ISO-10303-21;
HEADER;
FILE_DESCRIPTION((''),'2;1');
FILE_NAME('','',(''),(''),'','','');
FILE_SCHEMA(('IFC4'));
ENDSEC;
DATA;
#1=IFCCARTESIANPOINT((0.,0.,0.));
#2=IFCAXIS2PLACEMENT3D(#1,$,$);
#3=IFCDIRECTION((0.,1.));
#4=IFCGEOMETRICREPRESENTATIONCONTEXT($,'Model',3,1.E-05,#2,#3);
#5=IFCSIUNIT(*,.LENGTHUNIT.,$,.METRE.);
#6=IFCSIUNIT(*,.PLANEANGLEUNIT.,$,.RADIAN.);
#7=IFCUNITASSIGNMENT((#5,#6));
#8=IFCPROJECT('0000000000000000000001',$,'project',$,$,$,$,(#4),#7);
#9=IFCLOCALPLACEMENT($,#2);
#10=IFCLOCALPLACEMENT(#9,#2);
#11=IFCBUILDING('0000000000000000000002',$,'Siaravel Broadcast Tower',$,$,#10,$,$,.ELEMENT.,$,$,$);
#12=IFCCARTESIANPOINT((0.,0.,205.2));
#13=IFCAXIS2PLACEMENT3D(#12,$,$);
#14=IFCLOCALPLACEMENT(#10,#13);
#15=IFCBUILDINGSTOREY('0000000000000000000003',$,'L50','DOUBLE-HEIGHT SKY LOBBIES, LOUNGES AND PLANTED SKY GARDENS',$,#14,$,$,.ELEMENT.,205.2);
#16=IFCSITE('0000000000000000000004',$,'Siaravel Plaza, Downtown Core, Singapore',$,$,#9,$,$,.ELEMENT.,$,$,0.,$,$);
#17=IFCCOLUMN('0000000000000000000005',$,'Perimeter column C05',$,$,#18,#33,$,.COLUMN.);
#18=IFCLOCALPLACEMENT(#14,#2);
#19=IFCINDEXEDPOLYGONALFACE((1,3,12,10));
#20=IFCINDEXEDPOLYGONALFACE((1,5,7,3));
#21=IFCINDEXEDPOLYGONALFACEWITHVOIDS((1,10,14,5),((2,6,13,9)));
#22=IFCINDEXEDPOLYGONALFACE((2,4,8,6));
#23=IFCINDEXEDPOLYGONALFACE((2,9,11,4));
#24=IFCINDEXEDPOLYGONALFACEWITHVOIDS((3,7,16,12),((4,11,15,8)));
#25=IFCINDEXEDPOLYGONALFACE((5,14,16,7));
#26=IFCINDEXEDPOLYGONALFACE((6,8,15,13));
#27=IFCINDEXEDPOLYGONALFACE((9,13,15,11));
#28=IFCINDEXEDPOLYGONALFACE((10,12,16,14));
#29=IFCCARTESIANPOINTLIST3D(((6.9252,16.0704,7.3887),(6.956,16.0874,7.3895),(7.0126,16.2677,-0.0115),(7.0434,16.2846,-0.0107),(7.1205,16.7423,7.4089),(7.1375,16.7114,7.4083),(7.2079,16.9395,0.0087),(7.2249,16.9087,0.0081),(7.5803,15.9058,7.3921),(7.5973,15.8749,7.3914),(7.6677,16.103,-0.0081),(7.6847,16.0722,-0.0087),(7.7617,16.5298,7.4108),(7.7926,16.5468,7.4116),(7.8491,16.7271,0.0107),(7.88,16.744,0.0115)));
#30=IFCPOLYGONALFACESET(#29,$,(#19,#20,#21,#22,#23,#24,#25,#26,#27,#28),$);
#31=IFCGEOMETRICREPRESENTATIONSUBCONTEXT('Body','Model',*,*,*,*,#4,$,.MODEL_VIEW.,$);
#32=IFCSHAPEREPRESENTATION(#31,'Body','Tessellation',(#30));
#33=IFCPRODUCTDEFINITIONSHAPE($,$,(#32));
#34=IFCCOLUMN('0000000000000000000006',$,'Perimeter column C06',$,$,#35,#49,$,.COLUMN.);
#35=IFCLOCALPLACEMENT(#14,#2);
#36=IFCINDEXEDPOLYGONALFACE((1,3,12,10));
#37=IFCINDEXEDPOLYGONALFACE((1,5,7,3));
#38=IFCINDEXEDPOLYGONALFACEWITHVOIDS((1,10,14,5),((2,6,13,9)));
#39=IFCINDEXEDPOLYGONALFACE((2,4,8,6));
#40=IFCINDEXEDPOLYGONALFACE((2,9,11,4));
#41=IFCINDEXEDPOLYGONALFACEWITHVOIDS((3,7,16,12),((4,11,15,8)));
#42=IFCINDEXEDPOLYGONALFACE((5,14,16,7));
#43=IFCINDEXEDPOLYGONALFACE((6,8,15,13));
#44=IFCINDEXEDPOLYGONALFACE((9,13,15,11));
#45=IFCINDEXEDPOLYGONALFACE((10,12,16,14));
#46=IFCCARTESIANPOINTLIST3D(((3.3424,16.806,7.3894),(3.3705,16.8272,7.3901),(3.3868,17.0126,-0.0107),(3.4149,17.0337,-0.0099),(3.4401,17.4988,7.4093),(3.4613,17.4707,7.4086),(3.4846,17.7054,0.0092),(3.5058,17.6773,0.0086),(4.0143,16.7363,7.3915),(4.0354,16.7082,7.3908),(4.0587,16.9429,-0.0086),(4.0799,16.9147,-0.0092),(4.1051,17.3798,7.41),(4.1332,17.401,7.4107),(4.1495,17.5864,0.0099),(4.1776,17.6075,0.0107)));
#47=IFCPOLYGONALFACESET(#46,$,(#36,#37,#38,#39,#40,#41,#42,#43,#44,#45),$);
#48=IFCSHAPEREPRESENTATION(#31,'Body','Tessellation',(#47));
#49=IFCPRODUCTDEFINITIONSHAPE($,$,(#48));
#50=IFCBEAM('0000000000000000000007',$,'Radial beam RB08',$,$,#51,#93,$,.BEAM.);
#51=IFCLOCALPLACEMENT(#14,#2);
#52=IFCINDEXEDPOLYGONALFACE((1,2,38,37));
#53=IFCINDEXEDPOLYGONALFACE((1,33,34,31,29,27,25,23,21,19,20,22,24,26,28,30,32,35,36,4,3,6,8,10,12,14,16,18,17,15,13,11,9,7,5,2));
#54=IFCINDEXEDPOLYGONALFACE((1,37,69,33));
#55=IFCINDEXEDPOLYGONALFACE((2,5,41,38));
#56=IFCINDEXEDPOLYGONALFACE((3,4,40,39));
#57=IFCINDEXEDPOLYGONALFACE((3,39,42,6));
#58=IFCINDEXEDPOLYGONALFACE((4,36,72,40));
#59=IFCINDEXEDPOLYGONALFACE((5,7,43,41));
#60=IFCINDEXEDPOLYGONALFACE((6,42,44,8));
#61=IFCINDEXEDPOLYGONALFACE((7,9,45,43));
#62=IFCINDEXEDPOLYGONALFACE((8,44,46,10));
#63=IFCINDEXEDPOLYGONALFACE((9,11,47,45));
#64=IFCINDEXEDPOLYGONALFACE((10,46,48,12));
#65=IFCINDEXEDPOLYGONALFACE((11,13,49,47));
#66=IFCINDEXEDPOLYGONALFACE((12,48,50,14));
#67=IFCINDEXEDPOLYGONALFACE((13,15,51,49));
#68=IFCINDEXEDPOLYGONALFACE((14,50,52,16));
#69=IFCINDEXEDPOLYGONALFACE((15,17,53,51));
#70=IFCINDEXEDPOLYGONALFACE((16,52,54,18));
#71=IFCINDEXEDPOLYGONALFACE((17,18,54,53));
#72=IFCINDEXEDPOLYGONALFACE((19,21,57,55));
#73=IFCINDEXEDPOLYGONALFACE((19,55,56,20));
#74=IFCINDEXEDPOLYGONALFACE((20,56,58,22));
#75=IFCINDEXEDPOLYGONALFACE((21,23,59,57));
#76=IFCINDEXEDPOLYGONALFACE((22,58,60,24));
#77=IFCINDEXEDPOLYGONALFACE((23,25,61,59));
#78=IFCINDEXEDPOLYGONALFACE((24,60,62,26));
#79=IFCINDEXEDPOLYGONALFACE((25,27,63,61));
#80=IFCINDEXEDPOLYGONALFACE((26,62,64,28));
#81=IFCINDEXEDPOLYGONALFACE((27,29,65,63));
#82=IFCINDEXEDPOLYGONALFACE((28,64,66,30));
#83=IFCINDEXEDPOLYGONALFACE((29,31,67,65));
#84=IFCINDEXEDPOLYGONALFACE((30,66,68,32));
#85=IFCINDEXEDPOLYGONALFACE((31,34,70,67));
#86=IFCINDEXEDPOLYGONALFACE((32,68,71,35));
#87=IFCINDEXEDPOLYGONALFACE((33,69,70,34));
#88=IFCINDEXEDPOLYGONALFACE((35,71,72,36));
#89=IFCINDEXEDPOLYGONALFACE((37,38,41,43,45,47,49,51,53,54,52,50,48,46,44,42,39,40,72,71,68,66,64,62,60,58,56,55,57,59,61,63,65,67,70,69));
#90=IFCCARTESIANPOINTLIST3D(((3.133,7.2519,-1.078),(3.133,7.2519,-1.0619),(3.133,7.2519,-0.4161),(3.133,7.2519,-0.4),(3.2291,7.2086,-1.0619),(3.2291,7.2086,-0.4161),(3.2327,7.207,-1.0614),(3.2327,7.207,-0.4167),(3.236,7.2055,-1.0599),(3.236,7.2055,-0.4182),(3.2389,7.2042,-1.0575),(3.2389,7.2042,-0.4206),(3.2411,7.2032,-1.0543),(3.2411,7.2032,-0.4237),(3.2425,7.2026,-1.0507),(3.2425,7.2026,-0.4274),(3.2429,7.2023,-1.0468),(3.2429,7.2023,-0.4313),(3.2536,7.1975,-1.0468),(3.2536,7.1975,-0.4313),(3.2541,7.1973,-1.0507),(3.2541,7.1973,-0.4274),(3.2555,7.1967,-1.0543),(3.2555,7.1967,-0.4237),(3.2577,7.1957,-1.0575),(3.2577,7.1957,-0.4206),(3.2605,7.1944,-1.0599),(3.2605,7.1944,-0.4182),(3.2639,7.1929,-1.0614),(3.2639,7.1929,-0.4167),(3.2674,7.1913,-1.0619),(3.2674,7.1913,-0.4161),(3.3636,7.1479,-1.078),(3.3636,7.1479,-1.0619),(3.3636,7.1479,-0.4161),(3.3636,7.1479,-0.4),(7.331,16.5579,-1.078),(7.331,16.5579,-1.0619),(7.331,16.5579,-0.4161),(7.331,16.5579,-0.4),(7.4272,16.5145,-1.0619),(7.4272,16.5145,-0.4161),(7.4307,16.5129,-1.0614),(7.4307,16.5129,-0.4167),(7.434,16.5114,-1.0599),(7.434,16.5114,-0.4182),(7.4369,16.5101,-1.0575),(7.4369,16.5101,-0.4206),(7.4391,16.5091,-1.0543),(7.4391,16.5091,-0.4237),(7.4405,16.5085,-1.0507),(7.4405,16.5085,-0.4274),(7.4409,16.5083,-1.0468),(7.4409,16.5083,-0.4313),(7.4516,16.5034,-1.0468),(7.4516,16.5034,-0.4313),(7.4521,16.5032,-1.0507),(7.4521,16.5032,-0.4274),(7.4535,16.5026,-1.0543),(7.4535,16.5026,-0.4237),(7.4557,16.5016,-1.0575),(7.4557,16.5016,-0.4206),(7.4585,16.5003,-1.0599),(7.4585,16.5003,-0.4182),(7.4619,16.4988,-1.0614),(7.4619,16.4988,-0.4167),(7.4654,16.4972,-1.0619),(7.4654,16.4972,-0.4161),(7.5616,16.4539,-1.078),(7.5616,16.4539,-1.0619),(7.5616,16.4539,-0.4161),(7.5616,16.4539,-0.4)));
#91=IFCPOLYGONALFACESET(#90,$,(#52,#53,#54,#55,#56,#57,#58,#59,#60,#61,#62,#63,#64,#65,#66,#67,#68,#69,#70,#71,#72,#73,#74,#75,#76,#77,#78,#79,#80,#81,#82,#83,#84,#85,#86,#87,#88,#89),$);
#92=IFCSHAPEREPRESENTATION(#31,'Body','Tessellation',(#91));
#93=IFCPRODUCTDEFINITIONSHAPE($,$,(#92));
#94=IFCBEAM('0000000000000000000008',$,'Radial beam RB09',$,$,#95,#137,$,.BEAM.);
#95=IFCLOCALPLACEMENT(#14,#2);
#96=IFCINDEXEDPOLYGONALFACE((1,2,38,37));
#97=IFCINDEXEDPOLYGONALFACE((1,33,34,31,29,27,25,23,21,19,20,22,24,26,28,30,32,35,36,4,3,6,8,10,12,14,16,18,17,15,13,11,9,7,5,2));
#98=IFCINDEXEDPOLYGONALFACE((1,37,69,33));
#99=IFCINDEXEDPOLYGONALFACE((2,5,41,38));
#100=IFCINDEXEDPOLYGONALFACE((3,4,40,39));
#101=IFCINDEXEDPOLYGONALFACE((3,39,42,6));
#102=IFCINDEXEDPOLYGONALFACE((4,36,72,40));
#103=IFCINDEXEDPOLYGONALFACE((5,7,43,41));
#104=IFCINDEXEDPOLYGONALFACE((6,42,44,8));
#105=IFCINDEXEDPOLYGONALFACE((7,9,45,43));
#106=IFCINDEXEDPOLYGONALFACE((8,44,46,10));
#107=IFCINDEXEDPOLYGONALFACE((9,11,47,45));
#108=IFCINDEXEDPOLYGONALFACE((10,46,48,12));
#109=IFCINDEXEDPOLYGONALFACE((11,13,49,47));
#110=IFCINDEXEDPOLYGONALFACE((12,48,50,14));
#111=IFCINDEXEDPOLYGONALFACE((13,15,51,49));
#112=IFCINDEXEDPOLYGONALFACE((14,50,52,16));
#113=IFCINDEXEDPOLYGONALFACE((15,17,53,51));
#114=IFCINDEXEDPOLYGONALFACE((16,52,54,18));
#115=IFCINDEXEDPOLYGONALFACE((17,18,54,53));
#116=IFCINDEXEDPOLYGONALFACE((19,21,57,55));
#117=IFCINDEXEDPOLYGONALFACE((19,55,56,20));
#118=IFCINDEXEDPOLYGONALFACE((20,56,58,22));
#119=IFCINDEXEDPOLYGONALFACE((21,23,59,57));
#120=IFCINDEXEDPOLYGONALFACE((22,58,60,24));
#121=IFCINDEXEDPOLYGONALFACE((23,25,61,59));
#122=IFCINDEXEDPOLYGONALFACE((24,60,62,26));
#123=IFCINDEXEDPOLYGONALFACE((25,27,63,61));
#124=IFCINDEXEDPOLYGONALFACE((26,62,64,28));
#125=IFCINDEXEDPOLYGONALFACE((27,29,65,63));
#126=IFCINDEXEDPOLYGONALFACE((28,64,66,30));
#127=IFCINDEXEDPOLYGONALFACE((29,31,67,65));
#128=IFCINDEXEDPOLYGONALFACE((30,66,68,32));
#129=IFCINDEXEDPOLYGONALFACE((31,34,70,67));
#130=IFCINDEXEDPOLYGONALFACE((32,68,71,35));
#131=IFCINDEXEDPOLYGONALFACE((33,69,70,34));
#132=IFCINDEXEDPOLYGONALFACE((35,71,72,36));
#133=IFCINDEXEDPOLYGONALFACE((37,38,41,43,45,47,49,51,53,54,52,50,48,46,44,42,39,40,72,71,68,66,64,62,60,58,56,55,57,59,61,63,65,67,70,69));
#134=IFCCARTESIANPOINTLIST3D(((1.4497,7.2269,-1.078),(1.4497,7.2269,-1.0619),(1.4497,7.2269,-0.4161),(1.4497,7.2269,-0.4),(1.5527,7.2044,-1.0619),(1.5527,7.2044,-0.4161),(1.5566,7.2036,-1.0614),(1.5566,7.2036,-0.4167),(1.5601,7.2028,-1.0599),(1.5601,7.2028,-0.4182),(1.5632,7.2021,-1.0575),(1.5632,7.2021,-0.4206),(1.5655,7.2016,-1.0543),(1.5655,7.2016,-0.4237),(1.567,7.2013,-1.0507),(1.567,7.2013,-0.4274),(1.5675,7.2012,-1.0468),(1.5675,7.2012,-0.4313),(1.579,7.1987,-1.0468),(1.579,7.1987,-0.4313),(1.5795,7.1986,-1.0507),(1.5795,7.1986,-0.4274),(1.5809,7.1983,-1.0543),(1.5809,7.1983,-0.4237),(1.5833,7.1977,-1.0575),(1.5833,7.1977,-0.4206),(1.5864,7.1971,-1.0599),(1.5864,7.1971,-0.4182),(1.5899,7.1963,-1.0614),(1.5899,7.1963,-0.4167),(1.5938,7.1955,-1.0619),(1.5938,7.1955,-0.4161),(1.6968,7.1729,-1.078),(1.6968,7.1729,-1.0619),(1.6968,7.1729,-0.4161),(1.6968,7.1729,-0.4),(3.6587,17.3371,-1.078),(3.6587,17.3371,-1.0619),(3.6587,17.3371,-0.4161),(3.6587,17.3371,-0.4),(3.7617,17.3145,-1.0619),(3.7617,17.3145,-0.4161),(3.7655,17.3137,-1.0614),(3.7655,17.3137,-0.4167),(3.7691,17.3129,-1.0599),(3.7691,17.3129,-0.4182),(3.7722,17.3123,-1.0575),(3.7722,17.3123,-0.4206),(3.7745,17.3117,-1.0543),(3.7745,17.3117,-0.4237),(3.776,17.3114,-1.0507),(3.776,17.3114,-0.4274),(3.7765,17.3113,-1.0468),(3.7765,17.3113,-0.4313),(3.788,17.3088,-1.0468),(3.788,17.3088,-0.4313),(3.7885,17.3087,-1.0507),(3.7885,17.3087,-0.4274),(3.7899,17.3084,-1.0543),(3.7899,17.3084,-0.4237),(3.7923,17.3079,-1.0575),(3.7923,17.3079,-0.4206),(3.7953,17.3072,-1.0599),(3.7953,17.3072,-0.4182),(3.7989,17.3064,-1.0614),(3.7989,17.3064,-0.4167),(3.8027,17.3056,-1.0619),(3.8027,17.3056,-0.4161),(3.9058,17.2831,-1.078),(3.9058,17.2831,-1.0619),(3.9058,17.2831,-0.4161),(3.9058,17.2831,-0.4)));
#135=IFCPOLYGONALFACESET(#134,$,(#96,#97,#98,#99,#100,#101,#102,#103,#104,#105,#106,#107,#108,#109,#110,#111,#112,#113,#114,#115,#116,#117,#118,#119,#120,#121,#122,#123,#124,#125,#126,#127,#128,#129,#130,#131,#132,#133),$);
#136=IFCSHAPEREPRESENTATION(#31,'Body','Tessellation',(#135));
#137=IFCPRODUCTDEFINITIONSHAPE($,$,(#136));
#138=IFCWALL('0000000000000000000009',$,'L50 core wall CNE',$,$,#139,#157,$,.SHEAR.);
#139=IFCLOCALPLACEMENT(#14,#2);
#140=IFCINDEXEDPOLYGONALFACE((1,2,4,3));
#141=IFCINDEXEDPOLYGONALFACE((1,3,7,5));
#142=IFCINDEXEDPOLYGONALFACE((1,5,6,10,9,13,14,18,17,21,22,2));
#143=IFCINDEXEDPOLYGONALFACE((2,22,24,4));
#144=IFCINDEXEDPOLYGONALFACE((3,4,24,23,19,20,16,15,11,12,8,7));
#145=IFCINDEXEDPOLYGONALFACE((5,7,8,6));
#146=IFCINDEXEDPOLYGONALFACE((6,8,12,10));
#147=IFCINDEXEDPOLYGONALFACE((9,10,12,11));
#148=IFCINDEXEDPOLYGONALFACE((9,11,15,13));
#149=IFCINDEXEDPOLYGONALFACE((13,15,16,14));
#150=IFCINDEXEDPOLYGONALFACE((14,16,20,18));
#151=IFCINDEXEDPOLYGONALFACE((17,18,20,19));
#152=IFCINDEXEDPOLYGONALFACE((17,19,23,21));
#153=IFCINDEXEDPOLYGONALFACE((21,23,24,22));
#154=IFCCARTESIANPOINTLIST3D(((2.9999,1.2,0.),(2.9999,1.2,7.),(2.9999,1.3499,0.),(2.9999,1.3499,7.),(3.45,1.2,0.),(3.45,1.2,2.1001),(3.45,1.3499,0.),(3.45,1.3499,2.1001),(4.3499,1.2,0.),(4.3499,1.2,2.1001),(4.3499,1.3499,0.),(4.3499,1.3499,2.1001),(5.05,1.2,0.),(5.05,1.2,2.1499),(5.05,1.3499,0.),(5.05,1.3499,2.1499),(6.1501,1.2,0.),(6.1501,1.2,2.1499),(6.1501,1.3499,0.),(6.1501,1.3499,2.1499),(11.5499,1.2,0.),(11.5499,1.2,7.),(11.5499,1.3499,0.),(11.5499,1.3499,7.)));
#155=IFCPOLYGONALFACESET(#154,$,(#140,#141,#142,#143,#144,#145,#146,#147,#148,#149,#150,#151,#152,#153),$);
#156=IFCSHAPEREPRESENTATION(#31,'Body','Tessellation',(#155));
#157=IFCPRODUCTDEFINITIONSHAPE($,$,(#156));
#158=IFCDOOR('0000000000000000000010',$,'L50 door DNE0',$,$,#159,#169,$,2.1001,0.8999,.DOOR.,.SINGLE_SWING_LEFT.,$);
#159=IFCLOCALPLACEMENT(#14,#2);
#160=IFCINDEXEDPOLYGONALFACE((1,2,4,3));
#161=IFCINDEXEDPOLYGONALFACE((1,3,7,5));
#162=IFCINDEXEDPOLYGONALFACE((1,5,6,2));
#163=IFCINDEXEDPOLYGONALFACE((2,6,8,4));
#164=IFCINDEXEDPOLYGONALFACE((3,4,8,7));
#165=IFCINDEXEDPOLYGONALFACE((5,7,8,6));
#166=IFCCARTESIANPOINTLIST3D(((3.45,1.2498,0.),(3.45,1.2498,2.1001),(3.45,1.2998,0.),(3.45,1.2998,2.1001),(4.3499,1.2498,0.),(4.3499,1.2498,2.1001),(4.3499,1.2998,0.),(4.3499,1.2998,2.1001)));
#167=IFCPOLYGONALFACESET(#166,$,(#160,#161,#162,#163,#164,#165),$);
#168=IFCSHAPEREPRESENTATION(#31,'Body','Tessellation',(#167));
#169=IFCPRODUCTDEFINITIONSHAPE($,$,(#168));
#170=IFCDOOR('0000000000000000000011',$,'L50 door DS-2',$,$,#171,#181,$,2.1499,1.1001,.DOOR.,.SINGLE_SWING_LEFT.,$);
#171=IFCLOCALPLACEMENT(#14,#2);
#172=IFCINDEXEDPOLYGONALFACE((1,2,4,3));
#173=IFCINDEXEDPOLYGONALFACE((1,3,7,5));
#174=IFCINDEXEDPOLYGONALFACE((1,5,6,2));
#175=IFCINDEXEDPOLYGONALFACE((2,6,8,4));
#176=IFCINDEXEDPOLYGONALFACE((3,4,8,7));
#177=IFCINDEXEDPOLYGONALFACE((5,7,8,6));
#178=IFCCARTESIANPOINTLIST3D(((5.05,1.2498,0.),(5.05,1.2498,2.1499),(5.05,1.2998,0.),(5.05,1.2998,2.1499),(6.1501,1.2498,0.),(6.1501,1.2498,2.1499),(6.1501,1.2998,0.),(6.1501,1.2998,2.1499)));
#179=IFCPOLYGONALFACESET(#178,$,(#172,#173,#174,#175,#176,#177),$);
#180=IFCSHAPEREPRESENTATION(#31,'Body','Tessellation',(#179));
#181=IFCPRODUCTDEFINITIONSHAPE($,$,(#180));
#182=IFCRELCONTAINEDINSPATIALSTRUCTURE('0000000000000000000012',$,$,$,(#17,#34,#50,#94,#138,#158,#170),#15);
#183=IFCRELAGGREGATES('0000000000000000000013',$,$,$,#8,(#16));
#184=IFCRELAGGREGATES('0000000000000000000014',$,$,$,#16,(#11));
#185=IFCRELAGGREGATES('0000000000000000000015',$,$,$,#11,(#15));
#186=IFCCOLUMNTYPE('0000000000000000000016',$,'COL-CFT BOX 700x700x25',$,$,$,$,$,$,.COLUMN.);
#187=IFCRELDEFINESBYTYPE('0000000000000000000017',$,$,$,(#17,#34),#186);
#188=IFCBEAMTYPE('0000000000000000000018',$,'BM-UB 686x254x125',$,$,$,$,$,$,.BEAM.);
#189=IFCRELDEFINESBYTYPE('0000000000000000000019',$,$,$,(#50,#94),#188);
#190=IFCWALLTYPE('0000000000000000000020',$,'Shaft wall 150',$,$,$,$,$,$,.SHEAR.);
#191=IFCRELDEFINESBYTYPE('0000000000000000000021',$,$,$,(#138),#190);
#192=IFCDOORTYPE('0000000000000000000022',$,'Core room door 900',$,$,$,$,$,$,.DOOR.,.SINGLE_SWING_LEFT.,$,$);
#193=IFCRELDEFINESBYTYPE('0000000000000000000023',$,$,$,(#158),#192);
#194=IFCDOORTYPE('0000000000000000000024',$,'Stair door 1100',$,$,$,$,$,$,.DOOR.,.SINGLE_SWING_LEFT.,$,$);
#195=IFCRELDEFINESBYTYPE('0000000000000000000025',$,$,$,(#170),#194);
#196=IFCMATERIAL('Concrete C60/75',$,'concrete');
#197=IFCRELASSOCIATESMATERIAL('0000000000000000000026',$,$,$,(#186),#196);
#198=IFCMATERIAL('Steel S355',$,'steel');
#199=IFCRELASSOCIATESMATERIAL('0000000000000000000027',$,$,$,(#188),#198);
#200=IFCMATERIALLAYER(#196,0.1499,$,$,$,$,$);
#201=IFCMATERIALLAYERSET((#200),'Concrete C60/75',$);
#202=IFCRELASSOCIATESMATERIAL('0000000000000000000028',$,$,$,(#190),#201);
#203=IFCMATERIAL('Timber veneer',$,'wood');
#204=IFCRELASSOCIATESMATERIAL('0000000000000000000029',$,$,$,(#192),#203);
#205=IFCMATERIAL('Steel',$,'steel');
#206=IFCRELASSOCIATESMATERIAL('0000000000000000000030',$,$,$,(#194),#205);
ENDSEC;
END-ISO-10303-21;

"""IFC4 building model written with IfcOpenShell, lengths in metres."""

from ifc_helpers import new_model, si_unit, direction, frame, frame_2d, origin, origin_2d, place, context, subcontext, project, spatial, rectangle, hollow_rectangle, i_section, extrude, material, layer, layer_set, material_profile, profile_set, type_object, element, fill, save


model = new_model("IFC4")

# Units and contexts
model_context = context("Model", 3, precision=1e-05, world=origin(), true_north=direction((0.0, 1.0)))
body_context = subcontext(model_context, "Body", "Model", "MODEL_VIEW")
ifc_project = project(units=[si_unit("LENGTHUNIT", "METRE"), si_unit("PLANEANGLEUNIT", "RADIAN")], contexts=[model_context])

# Site, building, storey
site_placement = place(None, origin())
site = spatial("IfcSite", under=ifc_project, at=site_placement, Name="Siaravel Plaza, Downtown Core, Singapore", CompositionType="ELEMENT", RefElevation=0.0)
building_placement = place(site_placement, origin())
building = spatial("IfcBuilding", under=site, at=building_placement, Name="Siaravel Broadcast Tower", CompositionType="ELEMENT")
storey_placement = place(building_placement, frame((0.0, 0.0, 205.2)))
storey = spatial("IfcBuildingStorey", under=building, at=storey_placement, Name="L50", Description="DOUBLE-HEIGHT SKY LOBBIES, LOUNGES AND PLANTED SKY GARDENS", CompositionType="ELEMENT", Elevation=205.2)

# Columns
ifc_material_1 = material(Name="Concrete C60/75", Category="concrete")
ifc_material_profile_1 = material_profile(ifc_material_1, hollow_rectangle(XDim=0.7, YDim=0.7, WallThickness=0.0249, at=origin_2d()))
ifc_profile_set_1 = profile_set([ifc_material_profile_1], Name="Concrete C60/75")
column_type = type_object("IfcColumnType", Name="COL-CFT BOX 700x700x25", PredefinedType="COLUMN", material=ifc_profile_set_1)
column_1_placement = place(storey_placement, frame((7.4463, 16.5059, 0.0), z_axis=(-0.011806, -0.026646, 0.999575), x_axis=(0.960194, -0.279306, 0.003895)))
element("IfcColumn", 1, at=column_1_placement, inside=storey, type_object=column_type, Name="Perimeter column C05", PredefinedType="COLUMN", context=body_context, shape_type="SweptSolid", body=[
    extrude(hollow_rectangle(XDim=0.7, YDim=0.7, WallThickness=0.0249, at=origin_2d()), origin(), (0.0, 0.0, 1.0), 7.4033),
])
column_2_placement = place(storey_placement, frame((3.7822, 17.3101, 0.0), z_axis=(-0.006002, -0.027899, 0.999593), x_axis=(0.990179, -0.139789, 0.002044)))
element("IfcColumn", 2, at=column_2_placement, inside=storey, type_object=column_type, Name="Perimeter column C06", PredefinedType="COLUMN", context=body_context, shape_type="SweptSolid", body=[
    extrude(hollow_rectangle(XDim=0.7, YDim=0.7, WallThickness=0.0249, at=origin_2d()), origin(), (0.0, 0.0, 1.0), 7.4031),
])

# Beams
ifc_material_2 = material(Name="Steel S355", Category="steel")
ifc_material_profile_2 = material_profile(ifc_material_2, i_section(OverallWidth=0.2529, OverallDepth=0.678, WebThickness=0.0117, FlangeThickness=0.0161, FilletRadius=0.0151, at=origin_2d()))
ifc_profile_set_2 = profile_set([ifc_material_profile_2], Name="Steel S355")
beam_type = type_object("IfcBeamType", Name="BM-UB 686x254x125", PredefinedType="BEAM", material=ifc_profile_set_2)
beam_1_placement = place(storey_placement, frame((7.4463, 16.5059, -0.739), z_axis=(-0.411207, -0.911542, 0.0), x_axis=(0.911542, -0.411207, 0.0)))
element("IfcBeam", 3, at=beam_1_placement, inside=storey, type_object=beam_type, Name="Radial beam RB08", PredefinedType="BEAM", context=body_context, shape_type="SweptSolid", body=[
    extrude(i_section(OverallWidth=0.2529, OverallDepth=0.678, WebThickness=0.0117, FlangeThickness=0.0161, FilletRadius=0.0151, at=origin_2d()), origin(), (0.0, 0.0, 1.0), 10.209),
])
beam_2_placement = place(storey_placement, frame((3.7822, 17.3101, -0.739), z_axis=(-0.213457, -0.976952, 0.0), x_axis=(0.976952, -0.213457, 0.0)))
element("IfcBeam", 4, at=beam_2_placement, inside=storey, type_object=beam_type, Name="Radial beam RB09", PredefinedType="BEAM", context=body_context, shape_type="SweptSolid", body=[
    extrude(i_section(OverallWidth=0.2529, OverallDepth=0.678, WebThickness=0.0117, FlangeThickness=0.0161, FilletRadius=0.0151, at=origin_2d()), origin(), (0.0, 0.0, 1.0), 10.3486),
])

# Wall, openings, doors
ifc_layer_1 = layer(ifc_material_1, 0.1499)
ifc_layer_set_1 = layer_set([ifc_layer_1], Name="Concrete C60/75")
wall_type_1 = type_object("IfcWallType", Name="Shaft wall 150", PredefinedType="SHEAR", material=ifc_layer_set_1)
wall_1_placement = place(storey_placement, frame((3.0, 1.2749, 0.0), z_axis=(0.0, 0.0, 1.0), x_axis=(1.0, 0.0, 0.0)))
wall_1 = element("IfcWall", 5, at=wall_1_placement, inside=storey, type_object=wall_type_1, Name="L50 core wall CNE", PredefinedType="SHEAR", context=body_context, shape_type="SweptSolid", body=[
    extrude(rectangle(XDim=8.55, YDim=0.1499, at=frame_2d((4.2749, 0.0))), origin(), (0.0, 0.0, 1.0), 7.0),
])
opening_1_placement = place(wall_1_placement, frame((2.05, 0.0, 0.0)))
opening_1 = element("IfcOpeningElement", 6, at=opening_1_placement, cuts=wall_1, PredefinedType="OPENING", context=body_context, shape_type="SweptSolid", body=[
    extrude(rectangle(XDim=1.1001, YDim=2.1499, at=frame_2d((0.55, 1.075))), frame((0.0, 0.085, 0.0), z_axis=(0.0, -1.0, 0.0), x_axis=(1.0, 0.0, 0.0)), (0.0, 0.0, 1.0), 0.1699),
])
opening_2_placement = place(wall_1_placement, frame((0.45, 0.0, 0.0)))
opening_2 = element("IfcOpeningElement", 7, at=opening_2_placement, cuts=wall_1, PredefinedType="OPENING", context=body_context, shape_type="SweptSolid", body=[
    extrude(rectangle(XDim=0.8999, YDim=2.1001, at=frame_2d((0.45, 1.05))), frame((0.0, 0.085, 0.0), z_axis=(0.0, -1.0, 0.0), x_axis=(1.0, 0.0, 0.0)), (0.0, 0.0, 1.0), 0.1699),
])
ifc_material_3 = material(Name="Timber veneer", Category="wood")
door_type_1 = type_object("IfcDoorType", Name="Core room door 900", OperationType="SINGLE_SWING_LEFT", PredefinedType="DOOR", material=ifc_material_3)
door_1_placement = place(opening_2_placement, origin())
door_1 = element("IfcDoor", 8, at=door_1_placement, inside=storey, type_object=door_type_1, Name="L50 door DNE0", OperationType="SINGLE_SWING_LEFT", OverallHeight=2.1001, OverallWidth=0.8999, PredefinedType="DOOR", context=body_context, shape_type="SweptSolid", body=[
    extrude(rectangle(XDim=0.8999, YDim=2.1001, at=frame_2d((0.45, 1.05))), frame((0.0, 0.0249, 0.0), z_axis=(0.0, -1.0, 0.0), x_axis=(1.0, 0.0, 0.0)), (0.0, 0.0, 1.0), 0.05),
])
fill(opening_2, door_1)
ifc_material_4 = material(Name="Steel", Category="steel")
door_type_2 = type_object("IfcDoorType", Name="Stair door 1100", OperationType="SINGLE_SWING_LEFT", PredefinedType="DOOR", material=ifc_material_4)
door_2_placement = place(opening_1_placement, origin())
door_2 = element("IfcDoor", 9, at=door_2_placement, inside=storey, type_object=door_type_2, Name="L50 door DS-2", OperationType="SINGLE_SWING_LEFT", OverallHeight=2.1499, OverallWidth=1.1001, PredefinedType="DOOR", context=body_context, shape_type="SweptSolid", body=[
    extrude(rectangle(XDim=1.1001, YDim=2.1499, at=frame_2d((0.55, 1.075))), frame((0.0, 0.0249, 0.0), z_axis=(0.0, -1.0, 0.0), x_axis=(1.0, 0.0, 0.0)), (0.0, 0.0, 1.0), 0.05),
])
fill(opening_1, door_2)

save(model, "model.ifc")
